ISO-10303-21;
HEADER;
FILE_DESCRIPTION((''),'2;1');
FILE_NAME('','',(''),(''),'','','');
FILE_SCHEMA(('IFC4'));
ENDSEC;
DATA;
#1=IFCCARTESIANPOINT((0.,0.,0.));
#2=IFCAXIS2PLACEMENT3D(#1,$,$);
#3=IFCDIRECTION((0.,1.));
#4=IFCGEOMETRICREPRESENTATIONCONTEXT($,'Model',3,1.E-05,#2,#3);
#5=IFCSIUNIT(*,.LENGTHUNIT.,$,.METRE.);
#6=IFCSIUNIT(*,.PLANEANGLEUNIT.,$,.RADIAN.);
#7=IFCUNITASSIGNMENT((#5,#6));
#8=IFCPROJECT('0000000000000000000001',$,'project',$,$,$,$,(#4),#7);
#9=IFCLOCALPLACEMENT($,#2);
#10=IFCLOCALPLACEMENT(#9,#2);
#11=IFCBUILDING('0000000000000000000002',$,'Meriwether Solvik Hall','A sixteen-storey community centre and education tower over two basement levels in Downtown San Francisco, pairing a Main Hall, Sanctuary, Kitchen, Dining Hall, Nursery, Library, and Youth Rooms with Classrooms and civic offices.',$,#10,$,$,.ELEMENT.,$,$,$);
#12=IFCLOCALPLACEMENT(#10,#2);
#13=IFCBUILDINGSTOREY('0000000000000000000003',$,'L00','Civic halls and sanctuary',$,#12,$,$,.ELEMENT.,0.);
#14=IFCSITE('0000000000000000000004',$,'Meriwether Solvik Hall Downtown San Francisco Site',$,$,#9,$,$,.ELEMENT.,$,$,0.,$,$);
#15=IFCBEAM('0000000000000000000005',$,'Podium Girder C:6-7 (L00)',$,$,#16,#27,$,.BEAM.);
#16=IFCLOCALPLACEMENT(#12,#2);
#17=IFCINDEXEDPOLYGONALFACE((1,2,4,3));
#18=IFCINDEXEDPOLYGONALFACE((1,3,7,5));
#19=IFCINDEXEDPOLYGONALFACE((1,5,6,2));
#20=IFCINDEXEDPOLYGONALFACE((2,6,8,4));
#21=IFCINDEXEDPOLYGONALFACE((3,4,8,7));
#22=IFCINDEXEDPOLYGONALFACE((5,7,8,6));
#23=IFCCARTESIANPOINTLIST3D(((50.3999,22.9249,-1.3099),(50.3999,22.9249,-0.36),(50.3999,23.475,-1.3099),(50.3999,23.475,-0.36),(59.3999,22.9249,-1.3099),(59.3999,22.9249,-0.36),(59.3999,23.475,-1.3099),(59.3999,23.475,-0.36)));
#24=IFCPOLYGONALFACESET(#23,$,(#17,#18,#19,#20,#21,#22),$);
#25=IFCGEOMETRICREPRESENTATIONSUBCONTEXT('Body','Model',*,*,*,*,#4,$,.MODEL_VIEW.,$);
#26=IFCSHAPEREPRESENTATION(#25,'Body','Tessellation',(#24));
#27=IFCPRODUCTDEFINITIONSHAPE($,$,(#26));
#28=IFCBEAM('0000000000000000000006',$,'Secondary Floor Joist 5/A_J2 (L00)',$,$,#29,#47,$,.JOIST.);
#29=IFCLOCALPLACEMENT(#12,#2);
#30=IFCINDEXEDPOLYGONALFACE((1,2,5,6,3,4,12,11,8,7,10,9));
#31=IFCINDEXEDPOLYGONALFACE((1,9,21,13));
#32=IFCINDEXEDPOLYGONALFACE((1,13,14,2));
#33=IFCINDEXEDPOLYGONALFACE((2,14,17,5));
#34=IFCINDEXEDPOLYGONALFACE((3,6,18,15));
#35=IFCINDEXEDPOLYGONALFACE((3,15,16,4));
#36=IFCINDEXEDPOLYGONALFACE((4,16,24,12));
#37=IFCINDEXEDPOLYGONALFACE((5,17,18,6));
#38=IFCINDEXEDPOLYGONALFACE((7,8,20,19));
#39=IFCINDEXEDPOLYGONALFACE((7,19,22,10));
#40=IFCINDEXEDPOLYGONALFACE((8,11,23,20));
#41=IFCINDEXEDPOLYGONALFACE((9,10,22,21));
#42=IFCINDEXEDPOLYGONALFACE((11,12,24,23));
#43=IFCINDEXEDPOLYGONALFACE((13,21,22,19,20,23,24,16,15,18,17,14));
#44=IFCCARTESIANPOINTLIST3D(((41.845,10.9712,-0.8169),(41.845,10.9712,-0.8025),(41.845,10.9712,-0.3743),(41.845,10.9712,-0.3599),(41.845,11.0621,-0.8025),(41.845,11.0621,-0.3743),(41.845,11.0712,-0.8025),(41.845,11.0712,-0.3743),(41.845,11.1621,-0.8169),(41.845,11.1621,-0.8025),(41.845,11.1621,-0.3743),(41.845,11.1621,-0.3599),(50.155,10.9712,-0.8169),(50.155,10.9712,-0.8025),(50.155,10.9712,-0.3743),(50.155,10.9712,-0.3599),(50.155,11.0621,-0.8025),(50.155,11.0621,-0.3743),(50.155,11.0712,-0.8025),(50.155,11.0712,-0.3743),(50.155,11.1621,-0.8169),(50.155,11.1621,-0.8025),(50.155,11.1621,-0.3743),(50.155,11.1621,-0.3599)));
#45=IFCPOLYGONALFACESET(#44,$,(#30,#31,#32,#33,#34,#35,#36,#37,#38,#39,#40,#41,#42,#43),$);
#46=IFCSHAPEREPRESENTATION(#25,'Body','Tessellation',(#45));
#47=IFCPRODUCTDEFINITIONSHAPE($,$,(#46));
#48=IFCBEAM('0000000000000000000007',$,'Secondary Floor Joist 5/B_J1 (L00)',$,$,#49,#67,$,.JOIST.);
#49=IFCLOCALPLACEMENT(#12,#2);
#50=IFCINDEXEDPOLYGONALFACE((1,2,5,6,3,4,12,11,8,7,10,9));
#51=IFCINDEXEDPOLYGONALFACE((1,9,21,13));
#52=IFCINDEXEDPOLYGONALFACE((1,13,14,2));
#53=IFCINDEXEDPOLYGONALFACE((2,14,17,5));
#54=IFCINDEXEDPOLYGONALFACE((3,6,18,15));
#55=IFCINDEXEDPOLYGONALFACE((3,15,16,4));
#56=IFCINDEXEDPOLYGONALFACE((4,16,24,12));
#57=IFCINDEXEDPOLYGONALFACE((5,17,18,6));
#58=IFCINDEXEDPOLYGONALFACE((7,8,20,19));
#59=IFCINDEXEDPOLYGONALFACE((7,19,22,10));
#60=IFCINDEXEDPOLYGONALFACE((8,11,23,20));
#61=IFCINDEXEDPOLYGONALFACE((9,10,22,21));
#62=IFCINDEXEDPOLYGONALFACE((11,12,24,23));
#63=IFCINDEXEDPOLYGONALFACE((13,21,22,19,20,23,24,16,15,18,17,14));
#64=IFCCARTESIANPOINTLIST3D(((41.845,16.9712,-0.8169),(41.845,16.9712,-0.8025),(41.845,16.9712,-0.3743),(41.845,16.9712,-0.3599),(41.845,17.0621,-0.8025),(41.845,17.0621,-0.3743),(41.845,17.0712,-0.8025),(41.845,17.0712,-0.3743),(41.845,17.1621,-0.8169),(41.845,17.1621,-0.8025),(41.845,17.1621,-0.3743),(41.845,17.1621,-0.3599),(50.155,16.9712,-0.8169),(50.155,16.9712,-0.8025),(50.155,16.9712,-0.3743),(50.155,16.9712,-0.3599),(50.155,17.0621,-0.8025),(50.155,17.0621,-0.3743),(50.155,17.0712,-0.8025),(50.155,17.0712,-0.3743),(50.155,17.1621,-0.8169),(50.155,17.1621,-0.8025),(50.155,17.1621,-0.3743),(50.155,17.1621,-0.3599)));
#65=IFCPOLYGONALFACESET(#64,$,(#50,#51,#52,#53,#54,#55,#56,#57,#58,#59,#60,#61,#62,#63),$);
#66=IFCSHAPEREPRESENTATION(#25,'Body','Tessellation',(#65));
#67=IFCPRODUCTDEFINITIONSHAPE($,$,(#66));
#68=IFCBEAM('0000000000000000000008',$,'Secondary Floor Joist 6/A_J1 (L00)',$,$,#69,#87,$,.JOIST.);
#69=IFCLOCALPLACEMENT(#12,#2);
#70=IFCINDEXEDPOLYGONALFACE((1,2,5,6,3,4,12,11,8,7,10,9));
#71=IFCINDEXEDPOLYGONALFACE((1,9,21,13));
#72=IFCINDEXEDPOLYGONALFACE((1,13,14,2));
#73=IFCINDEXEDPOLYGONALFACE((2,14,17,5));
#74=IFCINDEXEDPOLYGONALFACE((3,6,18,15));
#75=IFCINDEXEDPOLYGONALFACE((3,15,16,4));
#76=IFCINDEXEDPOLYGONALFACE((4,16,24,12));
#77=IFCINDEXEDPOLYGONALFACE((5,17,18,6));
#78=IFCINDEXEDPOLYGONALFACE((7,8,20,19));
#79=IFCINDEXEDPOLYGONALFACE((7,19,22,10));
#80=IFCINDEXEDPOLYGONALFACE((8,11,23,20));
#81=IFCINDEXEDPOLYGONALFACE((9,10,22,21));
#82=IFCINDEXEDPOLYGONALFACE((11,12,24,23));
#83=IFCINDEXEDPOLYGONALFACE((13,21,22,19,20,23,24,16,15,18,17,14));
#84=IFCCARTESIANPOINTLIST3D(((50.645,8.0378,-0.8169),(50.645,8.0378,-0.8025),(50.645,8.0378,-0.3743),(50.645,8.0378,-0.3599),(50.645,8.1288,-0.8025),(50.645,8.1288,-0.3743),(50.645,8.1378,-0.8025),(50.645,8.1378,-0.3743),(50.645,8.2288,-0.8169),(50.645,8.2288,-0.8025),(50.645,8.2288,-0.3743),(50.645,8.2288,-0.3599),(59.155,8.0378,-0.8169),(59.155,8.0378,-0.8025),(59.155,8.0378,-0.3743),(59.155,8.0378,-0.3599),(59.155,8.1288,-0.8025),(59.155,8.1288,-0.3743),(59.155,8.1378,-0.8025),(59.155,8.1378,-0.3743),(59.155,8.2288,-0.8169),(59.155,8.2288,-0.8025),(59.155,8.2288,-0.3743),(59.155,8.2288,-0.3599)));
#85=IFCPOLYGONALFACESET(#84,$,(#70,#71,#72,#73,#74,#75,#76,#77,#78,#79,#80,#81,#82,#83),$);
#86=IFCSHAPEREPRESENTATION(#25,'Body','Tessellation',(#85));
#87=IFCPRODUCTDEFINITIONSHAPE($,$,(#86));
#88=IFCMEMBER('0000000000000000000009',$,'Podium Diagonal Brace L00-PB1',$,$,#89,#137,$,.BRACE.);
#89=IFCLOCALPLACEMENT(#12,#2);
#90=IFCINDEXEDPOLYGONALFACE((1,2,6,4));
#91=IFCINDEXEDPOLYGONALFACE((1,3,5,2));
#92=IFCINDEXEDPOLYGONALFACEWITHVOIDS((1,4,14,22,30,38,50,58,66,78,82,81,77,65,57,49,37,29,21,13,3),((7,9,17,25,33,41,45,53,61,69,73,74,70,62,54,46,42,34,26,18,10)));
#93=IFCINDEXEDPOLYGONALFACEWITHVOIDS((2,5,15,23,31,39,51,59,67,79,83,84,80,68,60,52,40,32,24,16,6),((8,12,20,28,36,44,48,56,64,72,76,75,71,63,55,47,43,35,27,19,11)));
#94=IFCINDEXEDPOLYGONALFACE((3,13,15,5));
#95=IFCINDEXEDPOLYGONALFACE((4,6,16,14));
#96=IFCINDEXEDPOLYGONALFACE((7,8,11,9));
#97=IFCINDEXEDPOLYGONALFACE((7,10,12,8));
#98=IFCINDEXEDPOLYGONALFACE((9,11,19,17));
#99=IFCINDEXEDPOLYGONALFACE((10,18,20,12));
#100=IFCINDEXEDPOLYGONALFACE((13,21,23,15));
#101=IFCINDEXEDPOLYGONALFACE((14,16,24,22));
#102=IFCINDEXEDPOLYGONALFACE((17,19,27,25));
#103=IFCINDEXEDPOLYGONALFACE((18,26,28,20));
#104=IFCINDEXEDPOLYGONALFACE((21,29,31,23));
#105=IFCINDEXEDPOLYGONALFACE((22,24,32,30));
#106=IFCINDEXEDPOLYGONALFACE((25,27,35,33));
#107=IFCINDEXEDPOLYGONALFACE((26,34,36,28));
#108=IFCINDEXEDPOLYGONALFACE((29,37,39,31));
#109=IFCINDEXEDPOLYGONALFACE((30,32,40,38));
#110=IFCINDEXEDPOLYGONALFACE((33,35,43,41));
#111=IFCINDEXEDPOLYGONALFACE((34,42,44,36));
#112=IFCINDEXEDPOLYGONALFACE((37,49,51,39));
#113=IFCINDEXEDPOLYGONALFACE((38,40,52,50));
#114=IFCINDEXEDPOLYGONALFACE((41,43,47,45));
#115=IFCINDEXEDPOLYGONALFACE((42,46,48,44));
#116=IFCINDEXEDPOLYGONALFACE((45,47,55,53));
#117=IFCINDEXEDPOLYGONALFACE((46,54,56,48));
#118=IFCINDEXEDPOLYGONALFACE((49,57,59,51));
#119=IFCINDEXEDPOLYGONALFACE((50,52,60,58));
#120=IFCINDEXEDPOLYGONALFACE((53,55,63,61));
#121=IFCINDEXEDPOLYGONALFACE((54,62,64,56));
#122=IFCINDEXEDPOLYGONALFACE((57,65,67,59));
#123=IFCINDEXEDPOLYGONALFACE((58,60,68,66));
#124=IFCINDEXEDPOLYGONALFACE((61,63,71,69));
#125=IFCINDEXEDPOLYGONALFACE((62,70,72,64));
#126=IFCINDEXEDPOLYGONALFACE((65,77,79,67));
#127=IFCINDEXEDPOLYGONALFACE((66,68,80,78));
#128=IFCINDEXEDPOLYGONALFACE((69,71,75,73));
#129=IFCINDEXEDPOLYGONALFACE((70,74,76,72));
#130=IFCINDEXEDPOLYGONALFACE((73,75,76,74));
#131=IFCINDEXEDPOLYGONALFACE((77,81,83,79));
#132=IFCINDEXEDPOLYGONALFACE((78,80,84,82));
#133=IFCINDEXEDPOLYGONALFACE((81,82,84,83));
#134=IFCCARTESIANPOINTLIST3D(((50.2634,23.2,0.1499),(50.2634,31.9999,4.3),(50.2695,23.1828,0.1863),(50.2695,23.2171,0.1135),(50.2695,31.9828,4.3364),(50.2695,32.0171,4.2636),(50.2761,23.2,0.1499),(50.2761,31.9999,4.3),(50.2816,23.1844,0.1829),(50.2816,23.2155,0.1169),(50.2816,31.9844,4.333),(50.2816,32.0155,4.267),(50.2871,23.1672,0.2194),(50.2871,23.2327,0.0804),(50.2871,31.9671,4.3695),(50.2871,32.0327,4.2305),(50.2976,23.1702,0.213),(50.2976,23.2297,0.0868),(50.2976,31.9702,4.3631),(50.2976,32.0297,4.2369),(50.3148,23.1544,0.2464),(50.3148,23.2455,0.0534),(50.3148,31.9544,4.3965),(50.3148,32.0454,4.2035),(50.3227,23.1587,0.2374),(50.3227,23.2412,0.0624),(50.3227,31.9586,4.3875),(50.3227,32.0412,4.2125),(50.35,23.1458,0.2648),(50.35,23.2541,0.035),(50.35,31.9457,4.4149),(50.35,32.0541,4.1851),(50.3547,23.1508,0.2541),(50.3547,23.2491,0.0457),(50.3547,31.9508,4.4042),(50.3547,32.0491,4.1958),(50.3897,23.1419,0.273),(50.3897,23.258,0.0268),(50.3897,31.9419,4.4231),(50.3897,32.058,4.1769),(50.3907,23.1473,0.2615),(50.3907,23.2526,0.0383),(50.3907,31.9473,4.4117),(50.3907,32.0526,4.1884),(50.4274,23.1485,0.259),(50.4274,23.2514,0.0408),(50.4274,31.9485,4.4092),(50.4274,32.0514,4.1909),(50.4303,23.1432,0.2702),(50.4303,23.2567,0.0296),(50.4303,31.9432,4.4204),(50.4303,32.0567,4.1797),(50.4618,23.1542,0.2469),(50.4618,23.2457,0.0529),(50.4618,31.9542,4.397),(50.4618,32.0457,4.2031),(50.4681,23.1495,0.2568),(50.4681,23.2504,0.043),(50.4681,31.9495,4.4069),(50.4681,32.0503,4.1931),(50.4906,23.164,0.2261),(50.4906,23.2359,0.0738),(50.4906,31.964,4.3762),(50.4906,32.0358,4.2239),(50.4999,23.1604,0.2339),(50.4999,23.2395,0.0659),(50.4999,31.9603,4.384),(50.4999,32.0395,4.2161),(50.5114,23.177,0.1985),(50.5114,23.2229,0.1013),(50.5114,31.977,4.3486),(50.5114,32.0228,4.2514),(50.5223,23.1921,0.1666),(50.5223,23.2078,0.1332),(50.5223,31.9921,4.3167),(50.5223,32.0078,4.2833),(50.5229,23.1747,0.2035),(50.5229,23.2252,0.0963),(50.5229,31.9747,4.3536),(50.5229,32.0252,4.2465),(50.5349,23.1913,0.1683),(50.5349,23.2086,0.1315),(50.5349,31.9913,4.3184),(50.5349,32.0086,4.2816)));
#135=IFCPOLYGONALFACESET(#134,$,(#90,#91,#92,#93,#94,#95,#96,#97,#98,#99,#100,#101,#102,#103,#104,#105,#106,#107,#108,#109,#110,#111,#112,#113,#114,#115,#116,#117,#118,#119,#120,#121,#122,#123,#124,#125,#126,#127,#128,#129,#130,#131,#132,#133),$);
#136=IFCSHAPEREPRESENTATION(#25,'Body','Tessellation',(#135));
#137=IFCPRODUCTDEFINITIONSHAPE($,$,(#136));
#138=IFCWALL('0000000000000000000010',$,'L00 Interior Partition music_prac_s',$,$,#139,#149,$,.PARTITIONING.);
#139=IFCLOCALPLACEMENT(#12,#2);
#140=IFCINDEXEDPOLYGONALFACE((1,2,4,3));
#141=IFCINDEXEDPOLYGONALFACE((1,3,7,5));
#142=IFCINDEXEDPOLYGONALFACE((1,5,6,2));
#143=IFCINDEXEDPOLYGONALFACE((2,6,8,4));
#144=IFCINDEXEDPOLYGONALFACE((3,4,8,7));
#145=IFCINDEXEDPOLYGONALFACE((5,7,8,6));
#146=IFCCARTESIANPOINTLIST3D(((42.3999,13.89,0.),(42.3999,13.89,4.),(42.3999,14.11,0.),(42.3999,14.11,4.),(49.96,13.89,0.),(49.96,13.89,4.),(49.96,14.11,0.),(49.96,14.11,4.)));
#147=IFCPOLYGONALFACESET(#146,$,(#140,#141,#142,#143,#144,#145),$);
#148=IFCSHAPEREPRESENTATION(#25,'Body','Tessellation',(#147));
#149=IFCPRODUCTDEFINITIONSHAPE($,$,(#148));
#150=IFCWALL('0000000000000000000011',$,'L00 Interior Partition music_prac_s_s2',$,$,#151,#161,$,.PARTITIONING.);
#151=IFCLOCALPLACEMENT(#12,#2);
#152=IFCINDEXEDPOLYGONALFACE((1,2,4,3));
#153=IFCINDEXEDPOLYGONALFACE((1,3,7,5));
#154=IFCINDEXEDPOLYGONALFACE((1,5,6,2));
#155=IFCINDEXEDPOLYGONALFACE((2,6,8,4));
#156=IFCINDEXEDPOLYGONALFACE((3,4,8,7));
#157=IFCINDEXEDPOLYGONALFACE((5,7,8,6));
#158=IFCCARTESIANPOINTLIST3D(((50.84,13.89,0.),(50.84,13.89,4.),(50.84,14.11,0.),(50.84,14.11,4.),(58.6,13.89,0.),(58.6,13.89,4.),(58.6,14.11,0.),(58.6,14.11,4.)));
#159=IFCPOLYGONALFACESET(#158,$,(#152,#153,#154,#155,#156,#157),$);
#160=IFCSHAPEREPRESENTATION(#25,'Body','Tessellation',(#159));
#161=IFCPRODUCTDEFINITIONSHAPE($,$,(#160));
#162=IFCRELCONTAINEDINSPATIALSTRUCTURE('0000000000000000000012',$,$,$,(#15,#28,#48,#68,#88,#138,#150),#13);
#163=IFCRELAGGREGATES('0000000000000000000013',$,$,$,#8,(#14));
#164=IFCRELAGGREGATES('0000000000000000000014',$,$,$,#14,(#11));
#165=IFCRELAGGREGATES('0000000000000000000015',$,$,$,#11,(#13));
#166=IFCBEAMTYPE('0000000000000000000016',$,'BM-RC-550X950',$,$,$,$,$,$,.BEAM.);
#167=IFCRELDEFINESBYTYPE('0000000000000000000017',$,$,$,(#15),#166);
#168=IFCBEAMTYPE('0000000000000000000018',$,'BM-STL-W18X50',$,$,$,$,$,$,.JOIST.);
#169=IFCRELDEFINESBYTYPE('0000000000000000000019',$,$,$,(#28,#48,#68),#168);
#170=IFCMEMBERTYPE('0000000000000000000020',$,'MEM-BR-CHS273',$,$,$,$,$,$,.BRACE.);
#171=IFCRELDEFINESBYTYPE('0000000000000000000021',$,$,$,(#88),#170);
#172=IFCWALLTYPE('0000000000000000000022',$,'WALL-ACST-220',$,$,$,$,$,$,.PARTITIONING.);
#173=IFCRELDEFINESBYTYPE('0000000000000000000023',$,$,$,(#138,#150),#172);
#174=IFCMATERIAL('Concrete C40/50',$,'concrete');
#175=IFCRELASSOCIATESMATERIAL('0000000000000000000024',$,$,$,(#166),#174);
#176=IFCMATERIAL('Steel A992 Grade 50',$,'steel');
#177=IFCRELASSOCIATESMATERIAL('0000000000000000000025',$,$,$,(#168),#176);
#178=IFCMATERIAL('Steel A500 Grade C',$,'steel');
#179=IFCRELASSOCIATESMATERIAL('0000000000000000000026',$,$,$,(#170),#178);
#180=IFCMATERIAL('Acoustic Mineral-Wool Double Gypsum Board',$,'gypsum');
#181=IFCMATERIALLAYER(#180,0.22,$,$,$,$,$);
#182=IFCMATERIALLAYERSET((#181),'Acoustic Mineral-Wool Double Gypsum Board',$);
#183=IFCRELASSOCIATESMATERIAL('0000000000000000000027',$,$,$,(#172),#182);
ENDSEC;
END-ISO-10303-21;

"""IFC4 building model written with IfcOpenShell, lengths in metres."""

from ifc_helpers import new_model, si_unit, direction, frame, frame_2d, origin, origin_2d, place, context, subcontext, project, spatial, rectangle, hollow_circle, i_section, extrude, material, layer, layer_set, material_profile, profile_set, type_object, element, save


model = new_model("IFC4")

# Units and contexts
model_context = context("Model", 3, precision=1e-05, world=origin(), true_north=direction((0.0, 1.0)))
body_context = subcontext(model_context, "Body", "Model", "MODEL_VIEW")
ifc_project = project(units=[si_unit("LENGTHUNIT", "METRE"), si_unit("PLANEANGLEUNIT", "RADIAN")], contexts=[model_context])

# Site, building, storey
site_placement = place(None, origin())
site = spatial("IfcSite", under=ifc_project, at=site_placement, Name="Meriwether Solvik Hall Downtown San Francisco Site", CompositionType="ELEMENT", RefElevation=0.0)
building_placement = place(site_placement, origin())
building = spatial("IfcBuilding", under=site, at=building_placement, Name="Meriwether Solvik Hall", Description="A sixteen-storey community centre and education tower over two basement levels in Downtown San Francisco, pairing a Main Hall, Sanctuary, Kitchen, Dining Hall, Nursery, Library, and Youth Rooms with Classrooms and civic offices.", CompositionType="ELEMENT")
storey_placement = place(building_placement, origin())
storey = spatial("IfcBuildingStorey", under=building, at=storey_placement, Name="L00", Description="Civic halls and sanctuary", CompositionType="ELEMENT", Elevation=0.0)

# Beams
ifc_material_1 = material(Name="Concrete C40/50", Category="concrete")
ifc_material_profile_1 = material_profile(ifc_material_1, rectangle(XDim=0.55, YDim=0.95, at=origin_2d()), Name="RCB-550X950")
ifc_profile_set_1 = profile_set([ifc_material_profile_1], Name="Concrete C40/50")
beam_type_1 = type_object("IfcBeamType", Name="BM-RC-550X950", PredefinedType="BEAM", material=ifc_profile_set_1)
for number, where, z_axis, x_axis, name in (
    (1, (50.3999, 23.2, -0.835), (1.0, 0.0, 0.0), (0.0, 1.0, 0.0), "Podium Girder C:6-7 (L00)"),
):
    element("IfcBeam", number, at=place(storey_placement, frame(where, z_axis=z_axis, x_axis=x_axis)), inside=storey, type_object=beam_type_1, Name=name, PredefinedType="BEAM", context=body_context, shape_type="SweptSolid", body=[
        extrude(rectangle(XDim=0.55, YDim=0.95, at=origin_2d()), origin(), (0.0, 0.0, 1.0), 9.0),
    ])
ifc_material_2 = material(Name="Steel A992 Grade 50", Category="steel")
ifc_material_profile_2 = material_profile(ifc_material_2, i_section(OverallWidth=0.1909, OverallDepth=0.457, WebThickness=0.009, FlangeThickness=0.0144, at=origin_2d()), Name="W18X50")
ifc_profile_set_2 = profile_set([ifc_material_profile_2], Name="Steel A992 Grade 50")
beam_type_2 = type_object("IfcBeamType", Name="BM-STL-W18X50", PredefinedType="JOIST", material=ifc_profile_set_2)
for number, where, z_axis, x_axis, name in (
    (2, (41.845, 11.0667, -0.5884), (1.0, 0.0, 0.0), (0.0, 1.0, 0.0), "Secondary Floor Joist 5/A_J2 (L00)"),
    (3, (41.845, 17.0667, -0.5884), (1.0, 0.0, 0.0), (0.0, 1.0, 0.0), "Secondary Floor Joist 5/B_J1 (L00)"),
):
    element("IfcBeam", number, at=place(storey_placement, frame(where, z_axis=z_axis, x_axis=x_axis)), inside=storey, type_object=beam_type_2, Name=name, PredefinedType="JOIST", context=body_context, shape_type="SweptSolid", body=[
        extrude(i_section(OverallWidth=0.1909, OverallDepth=0.457, WebThickness=0.009, FlangeThickness=0.0144, at=origin_2d()), origin(), (0.0, 0.0, 1.0), 8.3101),
    ])
beam_1_placement = place(storey_placement, frame((50.645, 8.1333, -0.5884), z_axis=(1.0, 0.0, 0.0), x_axis=(0.0, 1.0, 0.0)))
element("IfcBeam", 4, at=beam_1_placement, inside=storey, type_object=beam_type_2, Name="Secondary Floor Joist 6/A_J1 (L00)", PredefinedType="JOIST", context=body_context, shape_type="SweptSolid", body=[
    extrude(i_section(OverallWidth=0.1909, OverallDepth=0.457, WebThickness=0.009, FlangeThickness=0.0144, at=origin_2d()), origin(), (0.0, 0.0, 1.0), 8.51),
])

# Member
ifc_material_3 = material(Name="Steel A500 Grade C", Category="steel")
ifc_material_profile_3 = material_profile(ifc_material_3, hollow_circle(Radius=0.1365, WallThickness=0.0127, at=origin_2d()), Name="CHS273X12.7")
ifc_profile_set_3 = profile_set([ifc_material_profile_3], Name="Steel A500 Grade C")
member_type = type_object("IfcMemberType", Name="MEM-BR-CHS273", PredefinedType="BRACE", material=ifc_profile_set_3)
member_placement = place(storey_placement, frame((50.3999, 23.2, 0.1499), z_axis=(0.0, 0.904464, 0.42655), x_axis=(-1.0, 0.0, 0.0)))
element("IfcMember", 5, at=member_placement, inside=storey, type_object=member_type, Name="Podium Diagonal Brace L00-PB1", PredefinedType="BRACE", context=body_context, shape_type="SweptSolid", body=[
    extrude(hollow_circle(Radius=0.1365, WallThickness=0.0127, at=origin_2d()), origin(), (0.0, 0.0, 1.0), 9.7295),
])

# Walls
ifc_material_4 = material(Name="Acoustic Mineral-Wool Double Gypsum Board", Category="gypsum")
ifc_layer_1 = layer(ifc_material_4, 0.22)
ifc_layer_set_1 = layer_set([ifc_layer_1], Name="Acoustic Mineral-Wool Double Gypsum Board")
wall_type_1 = type_object("IfcWallType", Name="WALL-ACST-220", PredefinedType="PARTITIONING", material=ifc_layer_set_1)
wall_1_placement = place(storey_placement, frame((42.3999, 14.0, 0.0), z_axis=(0.0, 0.0, 1.0), x_axis=(1.0, 0.0, 0.0)))
element("IfcWall", 6, at=wall_1_placement, inside=storey, type_object=wall_type_1, Name="L00 Interior Partition music_prac_s", PredefinedType="PARTITIONING", context=body_context, shape_type="SweptSolid", body=[
    extrude(rectangle(XDim=7.5601, YDim=0.22, at=frame_2d((3.78, 0.0))), origin(), (0.0, 0.0, 1.0), 4.0),
])
wall_2_placement = place(storey_placement, frame((50.8401, 14.0, 0.0), z_axis=(0.0, 0.0, 1.0), x_axis=(1.0, 0.0, 0.0)))
element("IfcWall", 7, at=wall_2_placement, inside=storey, type_object=wall_type_1, Name="L00 Interior Partition music_prac_s_s2", PredefinedType="PARTITIONING", context=body_context, shape_type="SweptSolid", body=[
    extrude(rectangle(XDim=7.76, YDim=0.22, at=frame_2d((3.8799, 0.0))), origin(), (0.0, 0.0, 1.0), 4.0),
])

save(model, "model.ifc")
